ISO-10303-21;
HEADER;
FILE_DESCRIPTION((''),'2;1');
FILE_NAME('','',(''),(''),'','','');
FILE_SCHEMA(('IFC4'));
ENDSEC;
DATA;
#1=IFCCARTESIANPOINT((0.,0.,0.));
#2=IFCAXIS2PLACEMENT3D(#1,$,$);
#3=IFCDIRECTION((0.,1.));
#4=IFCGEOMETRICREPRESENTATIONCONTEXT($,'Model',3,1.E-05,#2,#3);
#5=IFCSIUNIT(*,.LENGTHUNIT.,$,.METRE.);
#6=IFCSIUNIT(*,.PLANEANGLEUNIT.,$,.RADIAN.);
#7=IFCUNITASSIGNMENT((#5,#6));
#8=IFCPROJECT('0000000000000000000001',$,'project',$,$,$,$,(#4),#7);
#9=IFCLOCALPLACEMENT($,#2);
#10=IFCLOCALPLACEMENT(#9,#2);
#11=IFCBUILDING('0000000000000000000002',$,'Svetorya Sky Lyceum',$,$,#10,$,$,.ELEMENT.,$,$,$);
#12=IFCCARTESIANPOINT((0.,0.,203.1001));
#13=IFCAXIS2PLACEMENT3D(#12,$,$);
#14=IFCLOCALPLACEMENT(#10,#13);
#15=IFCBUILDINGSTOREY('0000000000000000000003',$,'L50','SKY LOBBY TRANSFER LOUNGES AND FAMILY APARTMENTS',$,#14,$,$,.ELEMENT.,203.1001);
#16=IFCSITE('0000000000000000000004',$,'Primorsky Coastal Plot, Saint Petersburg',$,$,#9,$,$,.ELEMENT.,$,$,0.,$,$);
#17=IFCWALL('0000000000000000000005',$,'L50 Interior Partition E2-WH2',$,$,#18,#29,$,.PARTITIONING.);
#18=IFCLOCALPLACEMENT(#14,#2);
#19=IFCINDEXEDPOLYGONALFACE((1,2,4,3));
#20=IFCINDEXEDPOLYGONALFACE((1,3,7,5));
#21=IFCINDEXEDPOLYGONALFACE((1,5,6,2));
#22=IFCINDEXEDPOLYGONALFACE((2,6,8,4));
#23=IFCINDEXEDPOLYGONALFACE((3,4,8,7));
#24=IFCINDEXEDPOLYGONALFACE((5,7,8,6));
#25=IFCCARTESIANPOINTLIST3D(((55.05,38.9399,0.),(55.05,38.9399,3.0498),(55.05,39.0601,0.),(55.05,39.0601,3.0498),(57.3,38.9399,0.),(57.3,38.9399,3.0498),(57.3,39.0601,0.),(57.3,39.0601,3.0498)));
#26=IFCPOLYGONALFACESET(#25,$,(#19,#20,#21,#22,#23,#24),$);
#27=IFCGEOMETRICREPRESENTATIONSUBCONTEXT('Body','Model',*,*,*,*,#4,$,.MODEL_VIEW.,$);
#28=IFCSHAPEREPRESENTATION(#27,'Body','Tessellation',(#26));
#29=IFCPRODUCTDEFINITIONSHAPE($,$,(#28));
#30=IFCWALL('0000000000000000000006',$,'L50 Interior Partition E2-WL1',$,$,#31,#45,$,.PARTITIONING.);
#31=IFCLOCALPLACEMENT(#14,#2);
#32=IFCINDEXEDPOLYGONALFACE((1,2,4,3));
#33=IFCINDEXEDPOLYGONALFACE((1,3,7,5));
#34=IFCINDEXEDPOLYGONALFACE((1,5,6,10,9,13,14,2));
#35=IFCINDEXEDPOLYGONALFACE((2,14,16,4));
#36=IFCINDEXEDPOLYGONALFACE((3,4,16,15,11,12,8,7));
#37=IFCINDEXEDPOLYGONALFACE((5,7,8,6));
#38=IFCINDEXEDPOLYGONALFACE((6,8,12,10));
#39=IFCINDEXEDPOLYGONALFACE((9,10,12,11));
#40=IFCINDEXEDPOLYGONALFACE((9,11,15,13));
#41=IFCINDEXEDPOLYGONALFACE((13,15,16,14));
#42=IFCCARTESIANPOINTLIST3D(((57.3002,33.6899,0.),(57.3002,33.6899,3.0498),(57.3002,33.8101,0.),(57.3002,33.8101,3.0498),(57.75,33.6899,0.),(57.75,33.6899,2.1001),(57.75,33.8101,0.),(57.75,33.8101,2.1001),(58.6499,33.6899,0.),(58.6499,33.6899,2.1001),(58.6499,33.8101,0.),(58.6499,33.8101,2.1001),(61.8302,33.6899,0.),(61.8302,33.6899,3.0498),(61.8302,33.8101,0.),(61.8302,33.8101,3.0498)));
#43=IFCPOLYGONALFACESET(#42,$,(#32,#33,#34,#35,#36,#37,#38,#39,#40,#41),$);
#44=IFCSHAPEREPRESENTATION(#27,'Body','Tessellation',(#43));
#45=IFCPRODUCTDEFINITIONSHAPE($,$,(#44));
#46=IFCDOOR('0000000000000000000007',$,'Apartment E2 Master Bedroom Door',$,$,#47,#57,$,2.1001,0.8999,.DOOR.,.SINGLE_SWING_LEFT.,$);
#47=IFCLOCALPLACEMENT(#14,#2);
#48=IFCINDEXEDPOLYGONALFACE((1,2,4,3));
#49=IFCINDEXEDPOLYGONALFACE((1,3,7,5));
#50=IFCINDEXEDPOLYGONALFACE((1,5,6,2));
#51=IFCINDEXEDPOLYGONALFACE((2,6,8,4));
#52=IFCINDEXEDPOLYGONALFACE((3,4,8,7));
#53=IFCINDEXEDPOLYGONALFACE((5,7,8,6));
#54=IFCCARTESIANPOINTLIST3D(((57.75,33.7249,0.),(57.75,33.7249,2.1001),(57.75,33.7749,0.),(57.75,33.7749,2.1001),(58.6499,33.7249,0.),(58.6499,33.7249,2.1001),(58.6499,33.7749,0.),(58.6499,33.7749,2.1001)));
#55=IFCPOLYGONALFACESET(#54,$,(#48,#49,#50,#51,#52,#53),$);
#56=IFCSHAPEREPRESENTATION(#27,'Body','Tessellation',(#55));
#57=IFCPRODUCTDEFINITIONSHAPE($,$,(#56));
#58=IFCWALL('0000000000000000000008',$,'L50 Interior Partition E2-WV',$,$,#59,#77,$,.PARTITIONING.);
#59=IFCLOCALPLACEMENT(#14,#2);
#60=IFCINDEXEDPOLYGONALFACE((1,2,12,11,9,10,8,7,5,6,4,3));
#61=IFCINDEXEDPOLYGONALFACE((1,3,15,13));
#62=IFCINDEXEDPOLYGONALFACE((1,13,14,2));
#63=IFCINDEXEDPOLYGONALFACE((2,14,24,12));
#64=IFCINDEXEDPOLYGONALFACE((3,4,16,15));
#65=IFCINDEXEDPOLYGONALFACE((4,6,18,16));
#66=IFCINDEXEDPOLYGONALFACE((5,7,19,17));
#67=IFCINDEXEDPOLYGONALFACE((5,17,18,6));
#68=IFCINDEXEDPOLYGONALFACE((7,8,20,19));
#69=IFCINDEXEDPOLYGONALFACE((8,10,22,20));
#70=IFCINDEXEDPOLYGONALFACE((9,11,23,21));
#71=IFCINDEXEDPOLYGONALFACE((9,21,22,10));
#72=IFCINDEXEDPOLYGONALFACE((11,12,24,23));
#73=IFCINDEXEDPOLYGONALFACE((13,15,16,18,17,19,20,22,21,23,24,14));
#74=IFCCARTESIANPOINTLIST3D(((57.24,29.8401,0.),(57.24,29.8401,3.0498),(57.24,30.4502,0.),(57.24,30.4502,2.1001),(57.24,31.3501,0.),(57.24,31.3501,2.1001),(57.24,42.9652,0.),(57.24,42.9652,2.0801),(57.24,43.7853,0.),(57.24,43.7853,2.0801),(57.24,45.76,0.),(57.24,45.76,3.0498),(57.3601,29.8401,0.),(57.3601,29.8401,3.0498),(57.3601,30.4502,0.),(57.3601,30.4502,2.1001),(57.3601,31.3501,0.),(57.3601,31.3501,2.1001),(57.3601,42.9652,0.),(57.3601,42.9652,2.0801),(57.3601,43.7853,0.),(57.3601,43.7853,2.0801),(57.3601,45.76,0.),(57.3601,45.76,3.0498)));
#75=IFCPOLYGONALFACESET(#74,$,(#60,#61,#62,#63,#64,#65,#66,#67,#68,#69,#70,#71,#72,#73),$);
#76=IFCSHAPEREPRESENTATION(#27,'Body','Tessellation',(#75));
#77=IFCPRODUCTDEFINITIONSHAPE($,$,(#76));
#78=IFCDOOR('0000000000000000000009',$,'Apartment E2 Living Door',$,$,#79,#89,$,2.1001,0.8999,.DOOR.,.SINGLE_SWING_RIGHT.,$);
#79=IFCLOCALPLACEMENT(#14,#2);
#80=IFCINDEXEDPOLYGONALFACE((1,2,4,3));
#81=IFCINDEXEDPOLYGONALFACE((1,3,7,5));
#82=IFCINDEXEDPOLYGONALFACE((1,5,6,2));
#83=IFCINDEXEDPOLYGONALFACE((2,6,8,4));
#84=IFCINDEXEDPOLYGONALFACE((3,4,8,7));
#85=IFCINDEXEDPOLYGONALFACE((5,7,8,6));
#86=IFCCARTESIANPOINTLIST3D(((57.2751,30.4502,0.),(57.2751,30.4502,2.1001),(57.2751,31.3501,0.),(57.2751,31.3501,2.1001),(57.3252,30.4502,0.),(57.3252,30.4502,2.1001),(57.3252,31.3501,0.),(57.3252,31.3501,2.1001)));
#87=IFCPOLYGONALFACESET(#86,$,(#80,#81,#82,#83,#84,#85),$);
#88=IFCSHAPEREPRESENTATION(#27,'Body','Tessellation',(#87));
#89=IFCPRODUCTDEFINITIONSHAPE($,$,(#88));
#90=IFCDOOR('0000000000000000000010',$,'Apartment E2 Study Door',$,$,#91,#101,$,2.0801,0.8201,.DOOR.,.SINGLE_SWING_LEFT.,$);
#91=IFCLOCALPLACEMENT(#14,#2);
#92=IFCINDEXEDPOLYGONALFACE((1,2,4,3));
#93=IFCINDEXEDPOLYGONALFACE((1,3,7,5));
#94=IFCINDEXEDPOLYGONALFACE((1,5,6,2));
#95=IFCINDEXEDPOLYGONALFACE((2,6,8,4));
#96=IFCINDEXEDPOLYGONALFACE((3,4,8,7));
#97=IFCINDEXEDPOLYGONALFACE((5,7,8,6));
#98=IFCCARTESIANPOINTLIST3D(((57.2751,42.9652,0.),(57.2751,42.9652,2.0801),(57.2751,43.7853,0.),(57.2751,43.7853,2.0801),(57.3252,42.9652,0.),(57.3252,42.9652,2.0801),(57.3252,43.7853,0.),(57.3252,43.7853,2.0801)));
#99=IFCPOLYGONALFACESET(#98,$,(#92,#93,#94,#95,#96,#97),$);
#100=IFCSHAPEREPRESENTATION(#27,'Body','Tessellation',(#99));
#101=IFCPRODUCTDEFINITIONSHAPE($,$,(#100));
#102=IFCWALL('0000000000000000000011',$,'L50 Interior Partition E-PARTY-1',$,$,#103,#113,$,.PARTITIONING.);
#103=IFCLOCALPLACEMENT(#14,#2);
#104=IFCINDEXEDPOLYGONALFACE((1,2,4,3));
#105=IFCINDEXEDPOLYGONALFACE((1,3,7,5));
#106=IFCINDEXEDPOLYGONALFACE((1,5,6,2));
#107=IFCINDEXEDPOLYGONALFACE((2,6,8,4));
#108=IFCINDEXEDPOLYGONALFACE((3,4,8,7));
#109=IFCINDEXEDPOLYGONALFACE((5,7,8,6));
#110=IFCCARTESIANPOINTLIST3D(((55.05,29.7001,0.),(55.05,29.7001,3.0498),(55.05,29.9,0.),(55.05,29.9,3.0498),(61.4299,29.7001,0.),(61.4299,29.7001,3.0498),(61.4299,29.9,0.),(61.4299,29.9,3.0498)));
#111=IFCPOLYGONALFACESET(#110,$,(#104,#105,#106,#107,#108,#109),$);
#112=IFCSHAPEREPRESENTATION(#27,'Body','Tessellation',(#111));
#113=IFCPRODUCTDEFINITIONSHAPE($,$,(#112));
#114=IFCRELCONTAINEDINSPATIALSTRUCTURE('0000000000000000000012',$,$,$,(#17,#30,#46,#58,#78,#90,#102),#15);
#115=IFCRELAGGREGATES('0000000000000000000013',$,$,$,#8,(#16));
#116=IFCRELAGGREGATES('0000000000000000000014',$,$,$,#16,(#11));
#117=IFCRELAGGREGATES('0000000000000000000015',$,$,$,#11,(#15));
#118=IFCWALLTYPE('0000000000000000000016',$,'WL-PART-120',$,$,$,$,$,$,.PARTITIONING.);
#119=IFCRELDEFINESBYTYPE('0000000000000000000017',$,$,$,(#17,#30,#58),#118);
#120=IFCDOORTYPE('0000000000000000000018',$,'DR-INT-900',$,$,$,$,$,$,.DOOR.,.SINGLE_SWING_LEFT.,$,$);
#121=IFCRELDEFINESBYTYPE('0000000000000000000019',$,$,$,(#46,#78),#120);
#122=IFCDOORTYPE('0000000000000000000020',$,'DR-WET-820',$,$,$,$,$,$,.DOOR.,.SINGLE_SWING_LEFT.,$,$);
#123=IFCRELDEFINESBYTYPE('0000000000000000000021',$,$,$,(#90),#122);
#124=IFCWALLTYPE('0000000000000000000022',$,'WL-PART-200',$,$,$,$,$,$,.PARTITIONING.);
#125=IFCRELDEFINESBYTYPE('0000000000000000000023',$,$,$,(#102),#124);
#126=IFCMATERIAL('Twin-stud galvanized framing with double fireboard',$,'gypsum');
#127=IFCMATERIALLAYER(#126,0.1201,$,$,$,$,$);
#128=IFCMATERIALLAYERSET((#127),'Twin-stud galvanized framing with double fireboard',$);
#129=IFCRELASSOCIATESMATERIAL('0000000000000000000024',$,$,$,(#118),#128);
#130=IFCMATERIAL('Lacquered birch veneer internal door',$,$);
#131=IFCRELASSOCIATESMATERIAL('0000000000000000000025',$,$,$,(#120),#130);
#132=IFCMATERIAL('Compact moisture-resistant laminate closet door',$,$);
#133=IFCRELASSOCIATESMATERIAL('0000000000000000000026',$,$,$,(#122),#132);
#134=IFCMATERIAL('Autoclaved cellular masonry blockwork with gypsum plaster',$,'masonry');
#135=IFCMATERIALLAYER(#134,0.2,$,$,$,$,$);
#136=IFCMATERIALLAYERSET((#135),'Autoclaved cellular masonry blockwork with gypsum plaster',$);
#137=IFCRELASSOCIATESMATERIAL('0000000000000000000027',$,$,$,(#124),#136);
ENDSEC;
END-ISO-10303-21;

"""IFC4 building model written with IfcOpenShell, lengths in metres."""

from ifc_helpers import new_model, si_unit, direction, frame, frame_2d, origin, place, context, subcontext, project, spatial, rectangle, extrude, material, layer, layer_set, type_object, element, fill, save


model = new_model("IFC4")

# Units and contexts
model_context = context("Model", 3, precision=1e-05, world=origin(), true_north=direction((0.0, 1.0)))
body_context = subcontext(model_context, "Body", "Model", "MODEL_VIEW")
ifc_project = project(units=[si_unit("LENGTHUNIT", "METRE"), si_unit("PLANEANGLEUNIT", "RADIAN")], contexts=[model_context])

# Site, building, storey
site_placement = place(None, origin())
site = spatial("IfcSite", under=ifc_project, at=site_placement, Name="Primorsky Coastal Plot, Saint Petersburg", CompositionType="ELEMENT", RefElevation=0.0)
building_placement = place(site_placement, origin())
building = spatial("IfcBuilding", under=site, at=building_placement, Name="Svetorya Sky Lyceum", CompositionType="ELEMENT")
storey_placement = place(building_placement, frame((0.0, 0.0, 203.1001)))
storey = spatial("IfcBuildingStorey", under=building, at=storey_placement, Name="L50", Description="SKY LOBBY TRANSFER LOUNGES AND FAMILY APARTMENTS", CompositionType="ELEMENT", Elevation=203.1001)

# Shared definitions
ifc_material_1 = material(Name="Twin-stud galvanized framing with double fireboard", Category="gypsum")
ifc_layer_1 = layer(ifc_material_1, 0.1201)
ifc_layer_set_1 = layer_set([ifc_layer_1], Name="Twin-stud galvanized framing with double fireboard")
wall_type_1 = type_object("IfcWallType", Name="WL-PART-120", PredefinedType="PARTITIONING", material=ifc_layer_set_1)

# Wall
wall_1_placement = place(storey_placement, frame((55.05, 39.0, 0.0), z_axis=(0.0, 0.0, 1.0), x_axis=(1.0, 0.0, 0.0)))
element("IfcWall", 1, at=wall_1_placement, inside=storey, type_object=wall_type_1, Name="L50 Interior Partition E2-WH2", PredefinedType="PARTITIONING", context=body_context, shape_type="SweptSolid", body=[
    extrude(rectangle(XDim=2.25, YDim=0.1201, at=frame_2d((1.125, 0.0))), origin(), (0.0, 0.0, 1.0), 3.0498),
])

# Wall, opening, door
wall_2_placement = place(storey_placement, frame((57.3, 33.75, 0.0), z_axis=(0.0, 0.0, 1.0), x_axis=(1.0, 0.0, 0.0)))
wall_2 = element("IfcWall", 2, at=wall_2_placement, inside=storey, type_object=wall_type_1, Name="L50 Interior Partition E2-WL1", PredefinedType="PARTITIONING", context=body_context, shape_type="SweptSolid", body=[
    extrude(rectangle(XDim=4.53, YDim=0.1201, at=frame_2d((2.2651, 0.0))), origin(), (0.0, 0.0, 1.0), 3.0498),
])
opening_1_placement = place(wall_2_placement, frame((0.45, 0.0, 0.0)))
opening_1 = element("IfcOpeningElement", 3, at=opening_1_placement, cuts=wall_2, PredefinedType="OPENING", context=body_context, shape_type="SweptSolid", body=[
    extrude(rectangle(XDim=0.8999, YDim=2.1001, at=frame_2d((0.45, 1.05))), frame((0.0, 0.0701, 0.0), z_axis=(0.0, -1.0, 0.0), x_axis=(1.0, 0.0, 0.0)), (0.0, 0.0, 1.0), 0.1401),
])
ifc_material_2 = material(Name="Lacquered birch veneer internal door")
door_type_1 = type_object("IfcDoorType", Name="DR-INT-900", OperationType="SINGLE_SWING_LEFT", PredefinedType="DOOR", material=ifc_material_2)
door_1_placement = place(opening_1_placement, origin())
door_1 = element("IfcDoor", 4, at=door_1_placement, inside=storey, type_object=door_type_1, Name="Apartment E2 Master Bedroom Door", OperationType="SINGLE_SWING_LEFT", OverallHeight=2.1001, OverallWidth=0.8999, PredefinedType="DOOR", context=body_context, shape_type="SweptSolid", body=[
    extrude(rectangle(XDim=0.8999, YDim=2.1001, at=frame_2d((0.45, 1.05))), frame((0.0, 0.0249, 0.0), z_axis=(0.0, -1.0, 0.0), x_axis=(1.0, 0.0, 0.0)), (0.0, 0.0, 1.0), 0.05),
])
fill(opening_1, door_1)

# Wall, openings, doors
wall_3_placement = place(storey_placement, frame((57.3, 29.8401, 0.0), z_axis=(0.0, 0.0, 1.0), x_axis=(0.0, 1.0, 0.0)))
wall_3 = element("IfcWall", 5, at=wall_3_placement, inside=storey, type_object=wall_type_1, Name="L50 Interior Partition E2-WV", PredefinedType="PARTITIONING", context=body_context, shape_type="SweptSolid", body=[
    extrude(rectangle(XDim=15.9199, YDim=0.1201, at=frame_2d((7.96, 0.0))), origin(), (0.0, 0.0, 1.0), 3.0498),
])
opening_2_placement = place(wall_3_placement, frame((0.6101, 0.0, 0.0)))
opening_2 = element("IfcOpeningElement", 6, at=opening_2_placement, cuts=wall_3, PredefinedType="OPENING", context=body_context, shape_type="SweptSolid", body=[
    extrude(rectangle(XDim=0.8999, YDim=2.1001, at=frame_2d((0.45, 1.05))), frame((0.0, 0.0701, 0.0), z_axis=(0.0, -1.0, 0.0), x_axis=(1.0, 0.0, 0.0)), (0.0, 0.0, 1.0), 0.1401),
])
opening_3_placement = place(wall_3_placement, frame((13.125, 0.0, 0.0)))
opening_3 = element("IfcOpeningElement", 7, at=opening_3_placement, cuts=wall_3, PredefinedType="OPENING", context=body_context, shape_type="SweptSolid", body=[
    extrude(rectangle(XDim=0.8201, YDim=2.0801, at=frame_2d((0.4102, 1.04))), frame((0.0, 0.0701, 0.0), z_axis=(0.0, -1.0, 0.0), x_axis=(1.0, 0.0, 0.0)), (0.0, 0.0, 1.0), 0.1401),
])
door_2_placement = place(opening_2_placement, origin())
door_2 = element("IfcDoor", 8, at=door_2_placement, inside=storey, type_object=door_type_1, Name="Apartment E2 Living Door", OperationType="SINGLE_SWING_RIGHT", OverallHeight=2.1001, OverallWidth=0.8999, PredefinedType="DOOR", context=body_context, shape_type="SweptSolid", body=[
    extrude(rectangle(XDim=0.8999, YDim=2.1001, at=frame_2d((0.45, 1.05))), frame((0.0, 0.0249, 0.0), z_axis=(0.0, -1.0, 0.0), x_axis=(1.0, 0.0, 0.0)), (0.0, 0.0, 1.0), 0.05),
])
fill(opening_2, door_2)
ifc_material_3 = material(Name="Compact moisture-resistant laminate closet door")
door_type_2 = type_object("IfcDoorType", Name="DR-WET-820", OperationType="SINGLE_SWING_LEFT", PredefinedType="DOOR", material=ifc_material_3)
door_3_placement = place(opening_3_placement, origin())
door_3 = element("IfcDoor", 9, at=door_3_placement, inside=storey, type_object=door_type_2, Name="Apartment E2 Study Door", OperationType="SINGLE_SWING_LEFT", OverallHeight=2.0801, OverallWidth=0.8201, PredefinedType="DOOR", context=body_context, shape_type="SweptSolid", body=[
    extrude(rectangle(XDim=0.8201, YDim=2.0801, at=frame_2d((0.4102, 1.04))), frame((0.0, 0.0249, 0.0), z_axis=(0.0, -1.0, 0.0), x_axis=(1.0, 0.0, 0.0)), (0.0, 0.0, 1.0), 0.05),
])
fill(opening_3, door_3)

# Wall
ifc_material_4 = material(Name="Autoclaved cellular masonry blockwork with gypsum plaster", Category="masonry")
ifc_layer_2 = layer(ifc_material_4, 0.2)
ifc_layer_set_2 = layer_set([ifc_layer_2], Name="Autoclaved cellular masonry blockwork with gypsum plaster")
wall_type_2 = type_object("IfcWallType", Name="WL-PART-200", PredefinedType="PARTITIONING", material=ifc_layer_set_2)
wall_4_placement = place(storey_placement, frame((55.05, 29.8, 0.0), z_axis=(0.0, 0.0, 1.0), x_axis=(1.0, 0.0, 0.0)))
element("IfcWall", 10, at=wall_4_placement, inside=storey, type_object=wall_type_2, Name="L50 Interior Partition E-PARTY-1", PredefinedType="PARTITIONING", context=body_context, shape_type="SweptSolid", body=[
    extrude(rectangle(XDim=6.3799, YDim=0.2, at=frame_2d((3.1899, 0.0))), origin(), (0.0, 0.0, 1.0), 3.0498),
])

save(model, "model.ifc")
